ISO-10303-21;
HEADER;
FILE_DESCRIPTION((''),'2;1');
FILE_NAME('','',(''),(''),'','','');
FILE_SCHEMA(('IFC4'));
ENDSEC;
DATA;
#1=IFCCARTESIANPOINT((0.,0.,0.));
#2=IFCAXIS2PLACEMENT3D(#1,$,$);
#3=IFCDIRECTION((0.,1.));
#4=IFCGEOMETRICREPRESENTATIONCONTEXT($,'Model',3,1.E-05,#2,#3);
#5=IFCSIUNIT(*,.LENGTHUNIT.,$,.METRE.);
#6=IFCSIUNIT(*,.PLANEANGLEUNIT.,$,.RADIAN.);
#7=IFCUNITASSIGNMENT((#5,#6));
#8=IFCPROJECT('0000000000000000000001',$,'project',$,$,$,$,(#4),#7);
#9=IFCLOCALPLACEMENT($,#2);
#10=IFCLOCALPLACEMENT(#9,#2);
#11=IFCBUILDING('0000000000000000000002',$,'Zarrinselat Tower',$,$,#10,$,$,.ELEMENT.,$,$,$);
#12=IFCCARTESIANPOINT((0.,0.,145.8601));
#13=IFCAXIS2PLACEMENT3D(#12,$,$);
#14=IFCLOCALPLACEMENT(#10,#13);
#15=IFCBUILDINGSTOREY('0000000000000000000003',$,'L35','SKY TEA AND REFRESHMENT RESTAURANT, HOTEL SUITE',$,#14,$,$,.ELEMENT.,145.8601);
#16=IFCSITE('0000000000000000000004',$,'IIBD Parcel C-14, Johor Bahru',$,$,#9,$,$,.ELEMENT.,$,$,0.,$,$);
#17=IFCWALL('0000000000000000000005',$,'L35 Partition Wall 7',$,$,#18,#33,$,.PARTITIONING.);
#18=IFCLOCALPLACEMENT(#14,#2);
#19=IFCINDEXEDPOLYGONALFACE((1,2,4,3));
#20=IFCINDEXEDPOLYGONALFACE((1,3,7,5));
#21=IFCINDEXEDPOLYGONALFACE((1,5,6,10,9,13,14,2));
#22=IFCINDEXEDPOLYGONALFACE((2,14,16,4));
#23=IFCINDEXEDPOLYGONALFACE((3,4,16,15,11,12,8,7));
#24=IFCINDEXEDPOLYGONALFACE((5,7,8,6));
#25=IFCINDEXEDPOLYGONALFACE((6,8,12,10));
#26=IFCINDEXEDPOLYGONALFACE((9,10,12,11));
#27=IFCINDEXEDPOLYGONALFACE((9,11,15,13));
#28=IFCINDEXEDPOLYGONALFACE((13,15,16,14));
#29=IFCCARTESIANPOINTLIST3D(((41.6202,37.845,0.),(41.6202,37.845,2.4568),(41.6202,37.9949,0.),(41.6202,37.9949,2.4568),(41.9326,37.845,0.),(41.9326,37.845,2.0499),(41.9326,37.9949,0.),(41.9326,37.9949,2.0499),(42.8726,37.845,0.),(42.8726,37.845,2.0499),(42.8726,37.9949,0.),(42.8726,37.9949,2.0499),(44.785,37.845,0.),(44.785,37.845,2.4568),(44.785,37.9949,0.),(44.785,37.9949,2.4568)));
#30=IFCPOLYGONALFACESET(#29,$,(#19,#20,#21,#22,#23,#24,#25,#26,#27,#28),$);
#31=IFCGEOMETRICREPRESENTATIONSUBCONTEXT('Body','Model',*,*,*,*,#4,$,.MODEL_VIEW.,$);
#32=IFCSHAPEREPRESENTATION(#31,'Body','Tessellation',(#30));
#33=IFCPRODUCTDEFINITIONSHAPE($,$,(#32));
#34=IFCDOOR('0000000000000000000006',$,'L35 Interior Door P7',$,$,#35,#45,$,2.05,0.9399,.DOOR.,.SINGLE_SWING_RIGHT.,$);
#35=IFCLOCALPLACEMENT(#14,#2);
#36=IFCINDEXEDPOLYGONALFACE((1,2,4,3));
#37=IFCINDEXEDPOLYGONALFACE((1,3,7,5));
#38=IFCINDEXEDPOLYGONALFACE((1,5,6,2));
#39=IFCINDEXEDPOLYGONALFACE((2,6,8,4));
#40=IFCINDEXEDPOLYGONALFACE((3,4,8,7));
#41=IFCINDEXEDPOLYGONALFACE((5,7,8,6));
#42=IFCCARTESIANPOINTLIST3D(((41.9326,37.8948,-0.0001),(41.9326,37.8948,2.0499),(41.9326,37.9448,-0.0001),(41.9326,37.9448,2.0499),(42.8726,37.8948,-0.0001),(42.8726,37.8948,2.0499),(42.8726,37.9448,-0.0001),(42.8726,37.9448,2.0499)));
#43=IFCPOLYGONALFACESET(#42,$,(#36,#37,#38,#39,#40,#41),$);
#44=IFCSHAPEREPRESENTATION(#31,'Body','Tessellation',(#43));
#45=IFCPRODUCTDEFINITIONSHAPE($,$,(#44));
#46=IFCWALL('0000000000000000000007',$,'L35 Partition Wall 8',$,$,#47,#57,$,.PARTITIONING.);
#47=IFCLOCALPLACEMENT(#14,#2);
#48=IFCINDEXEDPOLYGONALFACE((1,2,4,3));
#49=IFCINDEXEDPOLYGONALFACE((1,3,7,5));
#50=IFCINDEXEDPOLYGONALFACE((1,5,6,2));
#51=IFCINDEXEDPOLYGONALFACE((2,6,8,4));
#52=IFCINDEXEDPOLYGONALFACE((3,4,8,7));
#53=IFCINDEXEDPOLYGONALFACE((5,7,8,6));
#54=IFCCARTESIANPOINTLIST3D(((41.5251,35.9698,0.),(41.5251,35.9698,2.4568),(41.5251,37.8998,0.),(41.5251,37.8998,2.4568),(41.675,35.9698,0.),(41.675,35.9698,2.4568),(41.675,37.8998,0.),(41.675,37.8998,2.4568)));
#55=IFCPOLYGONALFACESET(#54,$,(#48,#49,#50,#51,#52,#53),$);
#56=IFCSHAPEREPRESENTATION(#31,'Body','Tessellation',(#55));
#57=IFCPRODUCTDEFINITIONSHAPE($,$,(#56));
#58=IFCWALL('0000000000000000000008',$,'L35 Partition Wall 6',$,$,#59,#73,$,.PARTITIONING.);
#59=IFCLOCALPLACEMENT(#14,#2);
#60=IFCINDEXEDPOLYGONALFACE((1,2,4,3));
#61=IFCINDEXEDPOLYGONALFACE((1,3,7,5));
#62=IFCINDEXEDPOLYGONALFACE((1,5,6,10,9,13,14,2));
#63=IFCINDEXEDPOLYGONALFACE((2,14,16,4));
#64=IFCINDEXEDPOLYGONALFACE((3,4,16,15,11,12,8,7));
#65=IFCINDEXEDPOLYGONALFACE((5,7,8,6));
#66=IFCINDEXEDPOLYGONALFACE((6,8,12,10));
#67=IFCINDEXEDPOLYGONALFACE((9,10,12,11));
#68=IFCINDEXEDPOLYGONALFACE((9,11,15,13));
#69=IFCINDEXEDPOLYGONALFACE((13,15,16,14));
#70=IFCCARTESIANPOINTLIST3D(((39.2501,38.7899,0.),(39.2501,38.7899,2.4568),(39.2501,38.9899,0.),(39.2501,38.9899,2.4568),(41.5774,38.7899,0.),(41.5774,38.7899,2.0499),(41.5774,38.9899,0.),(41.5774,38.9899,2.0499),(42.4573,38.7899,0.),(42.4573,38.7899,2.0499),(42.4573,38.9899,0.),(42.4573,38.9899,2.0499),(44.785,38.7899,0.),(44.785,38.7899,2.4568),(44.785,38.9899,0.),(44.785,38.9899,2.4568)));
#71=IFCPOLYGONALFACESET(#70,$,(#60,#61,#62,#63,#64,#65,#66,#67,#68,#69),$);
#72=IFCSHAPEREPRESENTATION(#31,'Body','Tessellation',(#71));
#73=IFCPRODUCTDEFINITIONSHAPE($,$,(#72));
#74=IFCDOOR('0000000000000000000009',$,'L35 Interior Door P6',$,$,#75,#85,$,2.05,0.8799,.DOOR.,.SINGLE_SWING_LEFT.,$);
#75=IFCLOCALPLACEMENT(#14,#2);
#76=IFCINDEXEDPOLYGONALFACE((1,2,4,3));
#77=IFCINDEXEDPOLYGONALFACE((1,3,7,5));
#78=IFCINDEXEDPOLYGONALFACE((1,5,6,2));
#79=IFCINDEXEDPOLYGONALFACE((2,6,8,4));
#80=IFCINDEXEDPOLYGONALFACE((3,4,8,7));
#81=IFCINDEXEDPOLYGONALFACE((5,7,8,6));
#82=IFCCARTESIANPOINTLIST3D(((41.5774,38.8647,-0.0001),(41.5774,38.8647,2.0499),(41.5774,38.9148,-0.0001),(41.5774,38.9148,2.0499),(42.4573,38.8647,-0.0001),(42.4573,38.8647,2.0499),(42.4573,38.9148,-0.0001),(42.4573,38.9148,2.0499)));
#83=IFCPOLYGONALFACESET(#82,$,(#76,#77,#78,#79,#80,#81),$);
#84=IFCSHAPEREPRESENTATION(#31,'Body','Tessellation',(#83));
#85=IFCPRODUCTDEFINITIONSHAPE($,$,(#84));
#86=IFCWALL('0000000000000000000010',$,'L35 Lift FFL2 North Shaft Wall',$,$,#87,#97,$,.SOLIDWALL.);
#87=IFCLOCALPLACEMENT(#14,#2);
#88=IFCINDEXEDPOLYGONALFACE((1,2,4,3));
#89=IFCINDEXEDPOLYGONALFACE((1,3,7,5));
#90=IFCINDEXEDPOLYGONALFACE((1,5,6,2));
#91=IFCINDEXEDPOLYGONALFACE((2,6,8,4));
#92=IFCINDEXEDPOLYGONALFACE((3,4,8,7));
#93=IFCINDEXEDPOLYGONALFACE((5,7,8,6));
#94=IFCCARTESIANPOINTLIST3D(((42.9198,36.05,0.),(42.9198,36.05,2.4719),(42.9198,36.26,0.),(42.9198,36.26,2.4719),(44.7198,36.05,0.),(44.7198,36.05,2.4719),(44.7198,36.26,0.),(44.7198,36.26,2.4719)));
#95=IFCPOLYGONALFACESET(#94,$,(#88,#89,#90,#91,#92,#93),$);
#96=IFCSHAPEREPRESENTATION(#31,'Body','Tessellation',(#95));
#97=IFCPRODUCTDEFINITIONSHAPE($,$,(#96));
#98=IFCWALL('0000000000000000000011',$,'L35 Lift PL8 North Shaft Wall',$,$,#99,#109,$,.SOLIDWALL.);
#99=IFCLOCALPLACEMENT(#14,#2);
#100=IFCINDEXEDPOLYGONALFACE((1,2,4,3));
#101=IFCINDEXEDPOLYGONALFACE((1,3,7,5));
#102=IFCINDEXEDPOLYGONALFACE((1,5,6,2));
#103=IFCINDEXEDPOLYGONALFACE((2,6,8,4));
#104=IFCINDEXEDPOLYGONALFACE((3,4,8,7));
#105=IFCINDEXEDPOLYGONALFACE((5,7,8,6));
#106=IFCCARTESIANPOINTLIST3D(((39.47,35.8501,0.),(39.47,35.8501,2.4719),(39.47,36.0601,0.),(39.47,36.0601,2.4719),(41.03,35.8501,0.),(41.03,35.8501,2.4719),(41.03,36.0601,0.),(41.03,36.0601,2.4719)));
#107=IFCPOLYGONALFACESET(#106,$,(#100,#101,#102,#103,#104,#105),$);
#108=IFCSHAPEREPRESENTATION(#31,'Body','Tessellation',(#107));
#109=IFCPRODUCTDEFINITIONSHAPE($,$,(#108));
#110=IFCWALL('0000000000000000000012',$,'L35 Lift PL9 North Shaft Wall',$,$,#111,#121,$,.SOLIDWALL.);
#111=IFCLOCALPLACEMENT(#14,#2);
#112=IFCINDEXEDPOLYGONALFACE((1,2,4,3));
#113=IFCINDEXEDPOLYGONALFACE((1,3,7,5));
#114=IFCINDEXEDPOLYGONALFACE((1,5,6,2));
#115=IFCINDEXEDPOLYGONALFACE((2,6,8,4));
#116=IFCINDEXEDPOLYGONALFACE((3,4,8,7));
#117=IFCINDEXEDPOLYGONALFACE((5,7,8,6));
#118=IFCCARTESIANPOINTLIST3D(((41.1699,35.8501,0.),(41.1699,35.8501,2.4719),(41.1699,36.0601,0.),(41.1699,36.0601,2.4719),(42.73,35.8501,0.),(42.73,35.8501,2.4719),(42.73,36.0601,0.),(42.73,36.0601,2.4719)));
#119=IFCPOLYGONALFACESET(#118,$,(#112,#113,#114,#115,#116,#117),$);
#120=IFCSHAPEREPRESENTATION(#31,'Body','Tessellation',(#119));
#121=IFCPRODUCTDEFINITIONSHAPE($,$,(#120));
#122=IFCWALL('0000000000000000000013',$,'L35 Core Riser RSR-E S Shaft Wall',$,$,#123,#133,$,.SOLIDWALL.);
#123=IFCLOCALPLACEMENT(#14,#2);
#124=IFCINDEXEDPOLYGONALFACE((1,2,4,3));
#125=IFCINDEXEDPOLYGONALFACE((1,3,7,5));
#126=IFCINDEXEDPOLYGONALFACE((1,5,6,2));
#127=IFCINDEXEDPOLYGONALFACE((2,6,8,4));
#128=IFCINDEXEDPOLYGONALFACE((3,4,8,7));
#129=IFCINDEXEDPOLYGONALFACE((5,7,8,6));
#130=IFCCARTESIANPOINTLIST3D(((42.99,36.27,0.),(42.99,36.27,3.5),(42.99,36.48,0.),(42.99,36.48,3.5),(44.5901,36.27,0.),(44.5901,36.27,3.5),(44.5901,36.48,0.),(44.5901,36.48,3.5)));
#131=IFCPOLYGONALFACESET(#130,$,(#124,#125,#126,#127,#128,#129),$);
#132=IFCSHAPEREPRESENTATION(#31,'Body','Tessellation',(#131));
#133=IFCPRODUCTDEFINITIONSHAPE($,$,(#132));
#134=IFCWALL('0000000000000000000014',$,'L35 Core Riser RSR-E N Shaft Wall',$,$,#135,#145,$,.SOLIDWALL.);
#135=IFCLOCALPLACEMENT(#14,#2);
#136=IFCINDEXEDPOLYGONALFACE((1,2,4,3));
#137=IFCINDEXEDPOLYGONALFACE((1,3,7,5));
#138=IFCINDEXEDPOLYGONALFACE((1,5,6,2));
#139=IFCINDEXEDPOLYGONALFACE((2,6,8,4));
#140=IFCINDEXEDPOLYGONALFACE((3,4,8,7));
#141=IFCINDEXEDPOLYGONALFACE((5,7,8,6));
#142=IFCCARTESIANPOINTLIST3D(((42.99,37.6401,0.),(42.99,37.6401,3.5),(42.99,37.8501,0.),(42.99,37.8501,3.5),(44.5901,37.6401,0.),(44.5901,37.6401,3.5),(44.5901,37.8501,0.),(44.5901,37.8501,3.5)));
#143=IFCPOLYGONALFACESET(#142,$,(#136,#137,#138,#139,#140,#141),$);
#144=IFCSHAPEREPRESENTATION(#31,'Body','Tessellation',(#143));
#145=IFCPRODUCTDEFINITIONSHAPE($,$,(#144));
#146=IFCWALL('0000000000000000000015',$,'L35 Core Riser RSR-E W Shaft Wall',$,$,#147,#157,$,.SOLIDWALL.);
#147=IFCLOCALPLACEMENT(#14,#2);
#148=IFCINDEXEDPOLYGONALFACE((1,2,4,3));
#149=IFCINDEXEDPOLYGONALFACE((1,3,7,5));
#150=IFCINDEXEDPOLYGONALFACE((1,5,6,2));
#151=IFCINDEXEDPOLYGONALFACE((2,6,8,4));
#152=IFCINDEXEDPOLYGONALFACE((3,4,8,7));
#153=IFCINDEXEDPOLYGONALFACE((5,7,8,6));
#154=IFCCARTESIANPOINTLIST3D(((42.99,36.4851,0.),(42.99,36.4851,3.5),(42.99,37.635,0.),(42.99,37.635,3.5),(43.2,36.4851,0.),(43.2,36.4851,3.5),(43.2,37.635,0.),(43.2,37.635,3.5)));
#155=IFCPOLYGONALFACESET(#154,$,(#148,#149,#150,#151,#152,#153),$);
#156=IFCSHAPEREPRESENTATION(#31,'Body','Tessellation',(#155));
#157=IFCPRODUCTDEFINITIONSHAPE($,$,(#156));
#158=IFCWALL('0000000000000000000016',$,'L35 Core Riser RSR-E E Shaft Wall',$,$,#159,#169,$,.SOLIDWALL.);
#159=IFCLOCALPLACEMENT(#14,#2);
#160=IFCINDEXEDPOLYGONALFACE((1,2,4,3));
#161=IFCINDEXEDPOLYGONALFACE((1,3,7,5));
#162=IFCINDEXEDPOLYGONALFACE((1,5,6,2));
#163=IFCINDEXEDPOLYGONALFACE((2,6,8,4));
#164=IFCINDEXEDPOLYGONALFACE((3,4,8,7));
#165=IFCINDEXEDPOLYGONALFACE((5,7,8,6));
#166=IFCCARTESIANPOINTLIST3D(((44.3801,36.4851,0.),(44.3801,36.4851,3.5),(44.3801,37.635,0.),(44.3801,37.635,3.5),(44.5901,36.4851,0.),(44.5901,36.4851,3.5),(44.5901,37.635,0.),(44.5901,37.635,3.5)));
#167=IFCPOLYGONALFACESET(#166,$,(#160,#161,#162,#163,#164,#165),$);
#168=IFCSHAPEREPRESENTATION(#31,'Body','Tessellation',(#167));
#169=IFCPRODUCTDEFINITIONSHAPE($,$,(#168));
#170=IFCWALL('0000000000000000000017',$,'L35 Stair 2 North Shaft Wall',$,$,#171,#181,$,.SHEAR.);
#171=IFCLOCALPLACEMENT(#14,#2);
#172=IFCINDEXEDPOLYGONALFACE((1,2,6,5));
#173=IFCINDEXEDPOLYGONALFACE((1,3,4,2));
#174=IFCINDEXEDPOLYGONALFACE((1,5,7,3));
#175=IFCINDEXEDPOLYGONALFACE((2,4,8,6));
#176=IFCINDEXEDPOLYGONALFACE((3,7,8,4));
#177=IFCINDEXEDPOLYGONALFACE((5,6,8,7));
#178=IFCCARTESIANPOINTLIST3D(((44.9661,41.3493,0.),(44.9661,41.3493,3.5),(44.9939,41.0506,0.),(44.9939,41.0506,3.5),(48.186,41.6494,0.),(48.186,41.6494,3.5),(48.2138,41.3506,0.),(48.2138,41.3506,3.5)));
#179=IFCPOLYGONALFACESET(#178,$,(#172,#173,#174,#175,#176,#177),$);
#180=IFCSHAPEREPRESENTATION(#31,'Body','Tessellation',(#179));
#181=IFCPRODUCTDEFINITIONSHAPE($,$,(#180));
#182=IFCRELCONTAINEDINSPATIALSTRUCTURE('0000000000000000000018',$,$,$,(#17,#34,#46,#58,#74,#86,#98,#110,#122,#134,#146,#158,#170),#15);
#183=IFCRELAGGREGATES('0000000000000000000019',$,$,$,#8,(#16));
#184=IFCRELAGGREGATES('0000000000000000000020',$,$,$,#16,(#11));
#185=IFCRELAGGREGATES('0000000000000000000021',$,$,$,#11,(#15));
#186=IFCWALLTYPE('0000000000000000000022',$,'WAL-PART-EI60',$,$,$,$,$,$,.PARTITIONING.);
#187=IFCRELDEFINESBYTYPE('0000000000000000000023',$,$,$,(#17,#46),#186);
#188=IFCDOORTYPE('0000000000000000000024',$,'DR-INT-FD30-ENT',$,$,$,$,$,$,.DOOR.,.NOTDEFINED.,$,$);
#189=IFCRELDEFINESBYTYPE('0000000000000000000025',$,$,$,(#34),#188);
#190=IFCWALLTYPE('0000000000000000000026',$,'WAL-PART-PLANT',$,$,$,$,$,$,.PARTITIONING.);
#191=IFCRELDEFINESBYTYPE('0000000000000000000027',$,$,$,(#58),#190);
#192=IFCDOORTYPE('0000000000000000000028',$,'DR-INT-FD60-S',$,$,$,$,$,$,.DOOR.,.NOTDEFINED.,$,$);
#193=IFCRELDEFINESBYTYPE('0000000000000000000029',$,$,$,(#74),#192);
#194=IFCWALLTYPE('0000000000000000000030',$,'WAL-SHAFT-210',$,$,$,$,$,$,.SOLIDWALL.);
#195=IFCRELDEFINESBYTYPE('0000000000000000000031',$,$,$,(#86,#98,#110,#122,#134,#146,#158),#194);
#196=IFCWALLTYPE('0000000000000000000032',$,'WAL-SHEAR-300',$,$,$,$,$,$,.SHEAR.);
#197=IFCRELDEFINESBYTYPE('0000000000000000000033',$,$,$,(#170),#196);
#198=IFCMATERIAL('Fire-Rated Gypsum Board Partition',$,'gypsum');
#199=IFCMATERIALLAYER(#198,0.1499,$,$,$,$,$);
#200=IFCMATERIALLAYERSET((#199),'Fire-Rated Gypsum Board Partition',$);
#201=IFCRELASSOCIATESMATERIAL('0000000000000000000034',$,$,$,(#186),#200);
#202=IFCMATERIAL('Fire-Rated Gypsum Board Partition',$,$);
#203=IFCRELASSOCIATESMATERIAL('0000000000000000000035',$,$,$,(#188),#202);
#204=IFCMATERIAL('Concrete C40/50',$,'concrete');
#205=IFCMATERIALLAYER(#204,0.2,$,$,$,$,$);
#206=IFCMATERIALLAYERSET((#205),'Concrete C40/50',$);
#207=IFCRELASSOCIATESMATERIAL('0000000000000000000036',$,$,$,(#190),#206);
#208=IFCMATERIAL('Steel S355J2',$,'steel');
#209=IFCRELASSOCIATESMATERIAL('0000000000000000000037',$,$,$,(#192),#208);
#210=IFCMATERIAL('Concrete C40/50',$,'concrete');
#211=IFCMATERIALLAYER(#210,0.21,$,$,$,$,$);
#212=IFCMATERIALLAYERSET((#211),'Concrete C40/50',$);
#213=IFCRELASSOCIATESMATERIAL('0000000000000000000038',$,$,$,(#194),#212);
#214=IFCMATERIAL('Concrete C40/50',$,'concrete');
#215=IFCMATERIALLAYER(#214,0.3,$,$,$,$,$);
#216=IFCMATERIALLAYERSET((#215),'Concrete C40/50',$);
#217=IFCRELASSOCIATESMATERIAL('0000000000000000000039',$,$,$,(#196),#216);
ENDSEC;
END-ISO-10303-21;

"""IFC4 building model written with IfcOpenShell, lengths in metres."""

from ifc_helpers import new_model, si_unit, direction, frame, frame_2d, origin, place, context, subcontext, project, spatial, rectangle, extrude, material, layer, layer_set, type_object, element, fill, save


model = new_model("IFC4")

# Units and contexts
model_context = context("Model", 3, precision=1e-05, world=origin(), true_north=direction((0.0, 1.0)))
body_context = subcontext(model_context, "Body", "Model", "MODEL_VIEW")
ifc_project = project(units=[si_unit("LENGTHUNIT", "METRE"), si_unit("PLANEANGLEUNIT", "RADIAN")], contexts=[model_context])

# Site, building, storey
site_placement = place(None, origin())
site = spatial("IfcSite", under=ifc_project, at=site_placement, Name="IIBD Parcel C-14, Johor Bahru", CompositionType="ELEMENT", RefElevation=0.0)
building_placement = place(site_placement, origin())
building = spatial("IfcBuilding", under=site, at=building_placement, Name="Zarrinselat Tower", CompositionType="ELEMENT")
storey_placement = place(building_placement, frame((0.0, 0.0, 145.8601)))
storey = spatial("IfcBuildingStorey", under=building, at=storey_placement, Name="L35", Description="SKY TEA AND REFRESHMENT RESTAURANT, HOTEL SUITE", CompositionType="ELEMENT", Elevation=145.8601)

# Wall, opening, door
ifc_material_1 = material(Name="Fire-Rated Gypsum Board Partition", Category="gypsum")
ifc_layer_1 = layer(ifc_material_1, 0.1499)
ifc_layer_set_1 = layer_set([ifc_layer_1], Name="Fire-Rated Gypsum Board Partition")
wall_type_1 = type_object("IfcWallType", Name="WAL-PART-EI60", PredefinedType="PARTITIONING", material=ifc_layer_set_1)
wall_1_placement = place(storey_placement, frame((41.6201, 37.9199, 0.0), z_axis=(0.0, 0.0, 1.0), x_axis=(1.0, 0.0, 0.0)))
wall_1 = element("IfcWall", 1, at=wall_1_placement, inside=storey, type_object=wall_type_1, Name="L35 Partition Wall 7", PredefinedType="PARTITIONING", context=body_context, shape_type="SweptSolid", body=[
    extrude(rectangle(XDim=3.1648, YDim=0.1499, at=frame_2d((1.5825, 0.0))), origin(), (0.0, 0.0, 1.0), 2.4568),
])
opening_1_placement = place(wall_1_placement, frame((0.3125, 0.0, 0.0)))
opening_1 = element("IfcOpeningElement", 2, at=opening_1_placement, cuts=wall_1, PredefinedType="OPENING", context=body_context, shape_type="SweptSolid", body=[
    extrude(rectangle(XDim=0.9399, YDim=2.05, at=frame_2d((0.47, 1.0249))), frame((0.0, 0.085, 0.0), z_axis=(0.0, -1.0, 0.0), x_axis=(1.0, 0.0, 0.0)), (0.0, 0.0, 1.0), 0.1699),
])
ifc_material_2 = material(Name="Fire-Rated Gypsum Board Partition")
door_type_1 = type_object("IfcDoorType", Name="DR-INT-FD30-ENT", OperationType="NOTDEFINED", PredefinedType="DOOR", material=ifc_material_2)
door_1_placement = place(opening_1_placement, origin())
door_1 = element("IfcDoor", 3, at=door_1_placement, inside=storey, type_object=door_type_1, Name="L35 Interior Door P7", OperationType="SINGLE_SWING_RIGHT", OverallHeight=2.05, OverallWidth=0.9399, PredefinedType="DOOR", context=body_context, shape_type="SweptSolid", body=[
    extrude(rectangle(XDim=0.9399, YDim=2.05, at=frame_2d((0.47, 1.0249))), frame((0.0, 0.0249, 0.0), z_axis=(0.0, -1.0, 0.0), x_axis=(1.0, 0.0, 0.0)), (0.0, 0.0, 1.0), 0.05),
])
fill(opening_1, door_1)

# Wall
wall_2_placement = place(storey_placement, frame((41.6001, 35.97, 0.0), z_axis=(0.0, 0.0, 1.0), x_axis=(0.0, 1.0, 0.0)))
element("IfcWall", 4, at=wall_2_placement, inside=storey, type_object=wall_type_1, Name="L35 Partition Wall 8", PredefinedType="PARTITIONING", context=body_context, shape_type="SweptSolid", body=[
    extrude(rectangle(XDim=1.9299, YDim=0.1499, at=frame_2d((0.9648, 0.0))), origin(), (0.0, 0.0, 1.0), 2.4568),
])

# Wall, opening, door
ifc_material_3 = material(Name="Concrete C40/50", Category="concrete")
ifc_layer_2 = layer(ifc_material_3, 0.2)
ifc_layer_set_2 = layer_set([ifc_layer_2], Name="Concrete C40/50")
wall_type_2 = type_object("IfcWallType", Name="WAL-PART-PLANT", PredefinedType="PARTITIONING", material=ifc_layer_set_2)
wall_3_placement = place(storey_placement, frame((39.25, 38.8899, 0.0), z_axis=(0.0, 0.0, 1.0), x_axis=(1.0, 0.0, 0.0)))
wall_3 = element("IfcWall", 5, at=wall_3_placement, inside=storey, type_object=wall_type_2, Name="L35 Partition Wall 6", PredefinedType="PARTITIONING", context=body_context, shape_type="SweptSolid", body=[
    extrude(rectangle(XDim=5.5349, YDim=0.2, at=frame_2d((2.7676, 0.0))), origin(), (0.0, 0.0, 1.0), 2.4568),
])
opening_2_placement = place(wall_3_placement, frame((2.3274, 0.0, 0.0)))
opening_2 = element("IfcOpeningElement", 6, at=opening_2_placement, cuts=wall_3, PredefinedType="OPENING", context=body_context, shape_type="SweptSolid", body=[
    extrude(rectangle(XDim=0.8799, YDim=2.05, at=frame_2d((0.4399, 1.0249))), frame((0.0, 0.1099, 0.0), z_axis=(0.0, -1.0, 0.0), x_axis=(1.0, 0.0, 0.0)), (0.0, 0.0, 1.0), 0.22),
])
ifc_material_4 = material(Name="Steel S355J2", Category="steel")
door_type_2 = type_object("IfcDoorType", Name="DR-INT-FD60-S", OperationType="NOTDEFINED", PredefinedType="DOOR", material=ifc_material_4)
door_2_placement = place(opening_2_placement, origin())
door_2 = element("IfcDoor", 7, at=door_2_placement, inside=storey, type_object=door_type_2, Name="L35 Interior Door P6", OperationType="SINGLE_SWING_LEFT", OverallHeight=2.05, OverallWidth=0.8799, PredefinedType="DOOR", context=body_context, shape_type="SweptSolid", body=[
    extrude(rectangle(XDim=0.8799, YDim=2.05, at=frame_2d((0.4399, 1.0249))), frame((0.0, 0.0249, 0.0), z_axis=(0.0, -1.0, 0.0), x_axis=(1.0, 0.0, 0.0)), (0.0, 0.0, 1.0), 0.05),
])
fill(opening_2, door_2)

# Walls
ifc_material_5 = material(Name="Concrete C40/50", Category="concrete")
ifc_layer_3 = layer(ifc_material_5, 0.21)
ifc_layer_set_3 = layer_set([ifc_layer_3], Name="Concrete C40/50")
wall_type_3 = type_object("IfcWallType", Name="WAL-SHAFT-210", PredefinedType="SOLIDWALL", material=ifc_layer_set_3)
wall_4_placement = place(storey_placement, frame((42.9199, 36.155, 0.0), z_axis=(0.0, 0.0, 1.0), x_axis=(1.0, 0.0, 0.0)))
element("IfcWall", 8, at=wall_4_placement, inside=storey, type_object=wall_type_3, Name="L35 Lift FFL2 North Shaft Wall", PredefinedType="SOLIDWALL", context=body_context, shape_type="SweptSolid", body=[
    extrude(rectangle(XDim=1.8, YDim=0.21, at=frame_2d((0.8999, 0.0))), origin(), (0.0, 0.0, 1.0), 2.4719),
])
for number, where, z_axis, x_axis, name in (
    (9, (39.47, 35.9551, 0.0), (0.0, 0.0, 1.0), (1.0, 0.0, 0.0), "L35 Lift PL8 North Shaft Wall"),
    (10, (41.1699, 35.9551, 0.0), (0.0, 0.0, 1.0), (1.0, 0.0, 0.0), "L35 Lift PL9 North Shaft Wall"),
):
    element("IfcWall", number, at=place(storey_placement, frame(where, z_axis=z_axis, x_axis=x_axis)), inside=storey, type_object=wall_type_3, Name=name, PredefinedType="SOLIDWALL", context=body_context, shape_type="SweptSolid", body=[
        extrude(rectangle(XDim=1.5601, YDim=0.21, at=frame_2d((0.78, 0.0))), origin(), (0.0, 0.0, 1.0), 2.4719),
    ])
for number, where, z_axis, x_axis, name in (
    (11, (42.99, 36.375, 0.0), (0.0, 0.0, 1.0), (1.0, 0.0, 0.0), "L35 Core Riser RSR-E S Shaft Wall"),
    (12, (42.99, 37.7451, 0.0), (0.0, 0.0, 1.0), (1.0, 0.0, 0.0), "L35 Core Riser RSR-E N Shaft Wall"),
):
    element("IfcWall", number, at=place(storey_placement, frame(where, z_axis=z_axis, x_axis=x_axis)), inside=storey, type_object=wall_type_3, Name=name, PredefinedType="SOLIDWALL", context=body_context, shape_type="SweptSolid", body=[
        extrude(rectangle(XDim=1.6001, YDim=0.21, at=frame_2d((0.8, 0.0))), origin(), (0.0, 0.0, 1.0), 3.5),
    ])
for number, where, z_axis, x_axis, name in (
    (13, (43.095, 36.4851, 0.0), (0.0, 0.0, 1.0), (0.0, 1.0, 0.0), "L35 Core Riser RSR-E W Shaft Wall"),
    (14, (44.4851, 36.4851, 0.0), (0.0, 0.0, 1.0), (0.0, 1.0, 0.0), "L35 Core Riser RSR-E E Shaft Wall"),
):
    element("IfcWall", number, at=place(storey_placement, frame(where, z_axis=z_axis, x_axis=x_axis)), inside=storey, type_object=wall_type_3, Name=name, PredefinedType="SOLIDWALL", context=body_context, shape_type="SweptSolid", body=[
        extrude(rectangle(XDim=1.1499, YDim=0.21, at=frame_2d((0.575, 0.0))), origin(), (0.0, 0.0, 1.0), 3.5),
    ])
ifc_material_6 = material(Name="Concrete C40/50", Category="concrete")
ifc_layer_4 = layer(ifc_material_6, 0.3)
ifc_layer_set_4 = layer_set([ifc_layer_4], Name="Concrete C40/50")
wall_type_4 = type_object("IfcWallType", Name="WAL-SHEAR-300", PredefinedType="SHEAR", material=ifc_layer_set_4)
wall_5_placement = place(storey_placement, frame((44.98, 41.2, 0.0), z_axis=(0.0, 0.0, 1.0), x_axis=(0.995686, 0.092782, 0.0)))
element("IfcWall", 15, at=wall_5_placement, inside=storey, type_object=wall_type_4, Name="L35 Stair 2 North Shaft Wall", PredefinedType="SHEAR", context=body_context, shape_type="SweptSolid", body=[
    extrude(rectangle(XDim=3.2339, YDim=0.3, at=frame_2d((1.6169, 0.0))), origin(), (0.0, 0.0, 1.0), 3.5),
])

save(model, "model.ifc")
